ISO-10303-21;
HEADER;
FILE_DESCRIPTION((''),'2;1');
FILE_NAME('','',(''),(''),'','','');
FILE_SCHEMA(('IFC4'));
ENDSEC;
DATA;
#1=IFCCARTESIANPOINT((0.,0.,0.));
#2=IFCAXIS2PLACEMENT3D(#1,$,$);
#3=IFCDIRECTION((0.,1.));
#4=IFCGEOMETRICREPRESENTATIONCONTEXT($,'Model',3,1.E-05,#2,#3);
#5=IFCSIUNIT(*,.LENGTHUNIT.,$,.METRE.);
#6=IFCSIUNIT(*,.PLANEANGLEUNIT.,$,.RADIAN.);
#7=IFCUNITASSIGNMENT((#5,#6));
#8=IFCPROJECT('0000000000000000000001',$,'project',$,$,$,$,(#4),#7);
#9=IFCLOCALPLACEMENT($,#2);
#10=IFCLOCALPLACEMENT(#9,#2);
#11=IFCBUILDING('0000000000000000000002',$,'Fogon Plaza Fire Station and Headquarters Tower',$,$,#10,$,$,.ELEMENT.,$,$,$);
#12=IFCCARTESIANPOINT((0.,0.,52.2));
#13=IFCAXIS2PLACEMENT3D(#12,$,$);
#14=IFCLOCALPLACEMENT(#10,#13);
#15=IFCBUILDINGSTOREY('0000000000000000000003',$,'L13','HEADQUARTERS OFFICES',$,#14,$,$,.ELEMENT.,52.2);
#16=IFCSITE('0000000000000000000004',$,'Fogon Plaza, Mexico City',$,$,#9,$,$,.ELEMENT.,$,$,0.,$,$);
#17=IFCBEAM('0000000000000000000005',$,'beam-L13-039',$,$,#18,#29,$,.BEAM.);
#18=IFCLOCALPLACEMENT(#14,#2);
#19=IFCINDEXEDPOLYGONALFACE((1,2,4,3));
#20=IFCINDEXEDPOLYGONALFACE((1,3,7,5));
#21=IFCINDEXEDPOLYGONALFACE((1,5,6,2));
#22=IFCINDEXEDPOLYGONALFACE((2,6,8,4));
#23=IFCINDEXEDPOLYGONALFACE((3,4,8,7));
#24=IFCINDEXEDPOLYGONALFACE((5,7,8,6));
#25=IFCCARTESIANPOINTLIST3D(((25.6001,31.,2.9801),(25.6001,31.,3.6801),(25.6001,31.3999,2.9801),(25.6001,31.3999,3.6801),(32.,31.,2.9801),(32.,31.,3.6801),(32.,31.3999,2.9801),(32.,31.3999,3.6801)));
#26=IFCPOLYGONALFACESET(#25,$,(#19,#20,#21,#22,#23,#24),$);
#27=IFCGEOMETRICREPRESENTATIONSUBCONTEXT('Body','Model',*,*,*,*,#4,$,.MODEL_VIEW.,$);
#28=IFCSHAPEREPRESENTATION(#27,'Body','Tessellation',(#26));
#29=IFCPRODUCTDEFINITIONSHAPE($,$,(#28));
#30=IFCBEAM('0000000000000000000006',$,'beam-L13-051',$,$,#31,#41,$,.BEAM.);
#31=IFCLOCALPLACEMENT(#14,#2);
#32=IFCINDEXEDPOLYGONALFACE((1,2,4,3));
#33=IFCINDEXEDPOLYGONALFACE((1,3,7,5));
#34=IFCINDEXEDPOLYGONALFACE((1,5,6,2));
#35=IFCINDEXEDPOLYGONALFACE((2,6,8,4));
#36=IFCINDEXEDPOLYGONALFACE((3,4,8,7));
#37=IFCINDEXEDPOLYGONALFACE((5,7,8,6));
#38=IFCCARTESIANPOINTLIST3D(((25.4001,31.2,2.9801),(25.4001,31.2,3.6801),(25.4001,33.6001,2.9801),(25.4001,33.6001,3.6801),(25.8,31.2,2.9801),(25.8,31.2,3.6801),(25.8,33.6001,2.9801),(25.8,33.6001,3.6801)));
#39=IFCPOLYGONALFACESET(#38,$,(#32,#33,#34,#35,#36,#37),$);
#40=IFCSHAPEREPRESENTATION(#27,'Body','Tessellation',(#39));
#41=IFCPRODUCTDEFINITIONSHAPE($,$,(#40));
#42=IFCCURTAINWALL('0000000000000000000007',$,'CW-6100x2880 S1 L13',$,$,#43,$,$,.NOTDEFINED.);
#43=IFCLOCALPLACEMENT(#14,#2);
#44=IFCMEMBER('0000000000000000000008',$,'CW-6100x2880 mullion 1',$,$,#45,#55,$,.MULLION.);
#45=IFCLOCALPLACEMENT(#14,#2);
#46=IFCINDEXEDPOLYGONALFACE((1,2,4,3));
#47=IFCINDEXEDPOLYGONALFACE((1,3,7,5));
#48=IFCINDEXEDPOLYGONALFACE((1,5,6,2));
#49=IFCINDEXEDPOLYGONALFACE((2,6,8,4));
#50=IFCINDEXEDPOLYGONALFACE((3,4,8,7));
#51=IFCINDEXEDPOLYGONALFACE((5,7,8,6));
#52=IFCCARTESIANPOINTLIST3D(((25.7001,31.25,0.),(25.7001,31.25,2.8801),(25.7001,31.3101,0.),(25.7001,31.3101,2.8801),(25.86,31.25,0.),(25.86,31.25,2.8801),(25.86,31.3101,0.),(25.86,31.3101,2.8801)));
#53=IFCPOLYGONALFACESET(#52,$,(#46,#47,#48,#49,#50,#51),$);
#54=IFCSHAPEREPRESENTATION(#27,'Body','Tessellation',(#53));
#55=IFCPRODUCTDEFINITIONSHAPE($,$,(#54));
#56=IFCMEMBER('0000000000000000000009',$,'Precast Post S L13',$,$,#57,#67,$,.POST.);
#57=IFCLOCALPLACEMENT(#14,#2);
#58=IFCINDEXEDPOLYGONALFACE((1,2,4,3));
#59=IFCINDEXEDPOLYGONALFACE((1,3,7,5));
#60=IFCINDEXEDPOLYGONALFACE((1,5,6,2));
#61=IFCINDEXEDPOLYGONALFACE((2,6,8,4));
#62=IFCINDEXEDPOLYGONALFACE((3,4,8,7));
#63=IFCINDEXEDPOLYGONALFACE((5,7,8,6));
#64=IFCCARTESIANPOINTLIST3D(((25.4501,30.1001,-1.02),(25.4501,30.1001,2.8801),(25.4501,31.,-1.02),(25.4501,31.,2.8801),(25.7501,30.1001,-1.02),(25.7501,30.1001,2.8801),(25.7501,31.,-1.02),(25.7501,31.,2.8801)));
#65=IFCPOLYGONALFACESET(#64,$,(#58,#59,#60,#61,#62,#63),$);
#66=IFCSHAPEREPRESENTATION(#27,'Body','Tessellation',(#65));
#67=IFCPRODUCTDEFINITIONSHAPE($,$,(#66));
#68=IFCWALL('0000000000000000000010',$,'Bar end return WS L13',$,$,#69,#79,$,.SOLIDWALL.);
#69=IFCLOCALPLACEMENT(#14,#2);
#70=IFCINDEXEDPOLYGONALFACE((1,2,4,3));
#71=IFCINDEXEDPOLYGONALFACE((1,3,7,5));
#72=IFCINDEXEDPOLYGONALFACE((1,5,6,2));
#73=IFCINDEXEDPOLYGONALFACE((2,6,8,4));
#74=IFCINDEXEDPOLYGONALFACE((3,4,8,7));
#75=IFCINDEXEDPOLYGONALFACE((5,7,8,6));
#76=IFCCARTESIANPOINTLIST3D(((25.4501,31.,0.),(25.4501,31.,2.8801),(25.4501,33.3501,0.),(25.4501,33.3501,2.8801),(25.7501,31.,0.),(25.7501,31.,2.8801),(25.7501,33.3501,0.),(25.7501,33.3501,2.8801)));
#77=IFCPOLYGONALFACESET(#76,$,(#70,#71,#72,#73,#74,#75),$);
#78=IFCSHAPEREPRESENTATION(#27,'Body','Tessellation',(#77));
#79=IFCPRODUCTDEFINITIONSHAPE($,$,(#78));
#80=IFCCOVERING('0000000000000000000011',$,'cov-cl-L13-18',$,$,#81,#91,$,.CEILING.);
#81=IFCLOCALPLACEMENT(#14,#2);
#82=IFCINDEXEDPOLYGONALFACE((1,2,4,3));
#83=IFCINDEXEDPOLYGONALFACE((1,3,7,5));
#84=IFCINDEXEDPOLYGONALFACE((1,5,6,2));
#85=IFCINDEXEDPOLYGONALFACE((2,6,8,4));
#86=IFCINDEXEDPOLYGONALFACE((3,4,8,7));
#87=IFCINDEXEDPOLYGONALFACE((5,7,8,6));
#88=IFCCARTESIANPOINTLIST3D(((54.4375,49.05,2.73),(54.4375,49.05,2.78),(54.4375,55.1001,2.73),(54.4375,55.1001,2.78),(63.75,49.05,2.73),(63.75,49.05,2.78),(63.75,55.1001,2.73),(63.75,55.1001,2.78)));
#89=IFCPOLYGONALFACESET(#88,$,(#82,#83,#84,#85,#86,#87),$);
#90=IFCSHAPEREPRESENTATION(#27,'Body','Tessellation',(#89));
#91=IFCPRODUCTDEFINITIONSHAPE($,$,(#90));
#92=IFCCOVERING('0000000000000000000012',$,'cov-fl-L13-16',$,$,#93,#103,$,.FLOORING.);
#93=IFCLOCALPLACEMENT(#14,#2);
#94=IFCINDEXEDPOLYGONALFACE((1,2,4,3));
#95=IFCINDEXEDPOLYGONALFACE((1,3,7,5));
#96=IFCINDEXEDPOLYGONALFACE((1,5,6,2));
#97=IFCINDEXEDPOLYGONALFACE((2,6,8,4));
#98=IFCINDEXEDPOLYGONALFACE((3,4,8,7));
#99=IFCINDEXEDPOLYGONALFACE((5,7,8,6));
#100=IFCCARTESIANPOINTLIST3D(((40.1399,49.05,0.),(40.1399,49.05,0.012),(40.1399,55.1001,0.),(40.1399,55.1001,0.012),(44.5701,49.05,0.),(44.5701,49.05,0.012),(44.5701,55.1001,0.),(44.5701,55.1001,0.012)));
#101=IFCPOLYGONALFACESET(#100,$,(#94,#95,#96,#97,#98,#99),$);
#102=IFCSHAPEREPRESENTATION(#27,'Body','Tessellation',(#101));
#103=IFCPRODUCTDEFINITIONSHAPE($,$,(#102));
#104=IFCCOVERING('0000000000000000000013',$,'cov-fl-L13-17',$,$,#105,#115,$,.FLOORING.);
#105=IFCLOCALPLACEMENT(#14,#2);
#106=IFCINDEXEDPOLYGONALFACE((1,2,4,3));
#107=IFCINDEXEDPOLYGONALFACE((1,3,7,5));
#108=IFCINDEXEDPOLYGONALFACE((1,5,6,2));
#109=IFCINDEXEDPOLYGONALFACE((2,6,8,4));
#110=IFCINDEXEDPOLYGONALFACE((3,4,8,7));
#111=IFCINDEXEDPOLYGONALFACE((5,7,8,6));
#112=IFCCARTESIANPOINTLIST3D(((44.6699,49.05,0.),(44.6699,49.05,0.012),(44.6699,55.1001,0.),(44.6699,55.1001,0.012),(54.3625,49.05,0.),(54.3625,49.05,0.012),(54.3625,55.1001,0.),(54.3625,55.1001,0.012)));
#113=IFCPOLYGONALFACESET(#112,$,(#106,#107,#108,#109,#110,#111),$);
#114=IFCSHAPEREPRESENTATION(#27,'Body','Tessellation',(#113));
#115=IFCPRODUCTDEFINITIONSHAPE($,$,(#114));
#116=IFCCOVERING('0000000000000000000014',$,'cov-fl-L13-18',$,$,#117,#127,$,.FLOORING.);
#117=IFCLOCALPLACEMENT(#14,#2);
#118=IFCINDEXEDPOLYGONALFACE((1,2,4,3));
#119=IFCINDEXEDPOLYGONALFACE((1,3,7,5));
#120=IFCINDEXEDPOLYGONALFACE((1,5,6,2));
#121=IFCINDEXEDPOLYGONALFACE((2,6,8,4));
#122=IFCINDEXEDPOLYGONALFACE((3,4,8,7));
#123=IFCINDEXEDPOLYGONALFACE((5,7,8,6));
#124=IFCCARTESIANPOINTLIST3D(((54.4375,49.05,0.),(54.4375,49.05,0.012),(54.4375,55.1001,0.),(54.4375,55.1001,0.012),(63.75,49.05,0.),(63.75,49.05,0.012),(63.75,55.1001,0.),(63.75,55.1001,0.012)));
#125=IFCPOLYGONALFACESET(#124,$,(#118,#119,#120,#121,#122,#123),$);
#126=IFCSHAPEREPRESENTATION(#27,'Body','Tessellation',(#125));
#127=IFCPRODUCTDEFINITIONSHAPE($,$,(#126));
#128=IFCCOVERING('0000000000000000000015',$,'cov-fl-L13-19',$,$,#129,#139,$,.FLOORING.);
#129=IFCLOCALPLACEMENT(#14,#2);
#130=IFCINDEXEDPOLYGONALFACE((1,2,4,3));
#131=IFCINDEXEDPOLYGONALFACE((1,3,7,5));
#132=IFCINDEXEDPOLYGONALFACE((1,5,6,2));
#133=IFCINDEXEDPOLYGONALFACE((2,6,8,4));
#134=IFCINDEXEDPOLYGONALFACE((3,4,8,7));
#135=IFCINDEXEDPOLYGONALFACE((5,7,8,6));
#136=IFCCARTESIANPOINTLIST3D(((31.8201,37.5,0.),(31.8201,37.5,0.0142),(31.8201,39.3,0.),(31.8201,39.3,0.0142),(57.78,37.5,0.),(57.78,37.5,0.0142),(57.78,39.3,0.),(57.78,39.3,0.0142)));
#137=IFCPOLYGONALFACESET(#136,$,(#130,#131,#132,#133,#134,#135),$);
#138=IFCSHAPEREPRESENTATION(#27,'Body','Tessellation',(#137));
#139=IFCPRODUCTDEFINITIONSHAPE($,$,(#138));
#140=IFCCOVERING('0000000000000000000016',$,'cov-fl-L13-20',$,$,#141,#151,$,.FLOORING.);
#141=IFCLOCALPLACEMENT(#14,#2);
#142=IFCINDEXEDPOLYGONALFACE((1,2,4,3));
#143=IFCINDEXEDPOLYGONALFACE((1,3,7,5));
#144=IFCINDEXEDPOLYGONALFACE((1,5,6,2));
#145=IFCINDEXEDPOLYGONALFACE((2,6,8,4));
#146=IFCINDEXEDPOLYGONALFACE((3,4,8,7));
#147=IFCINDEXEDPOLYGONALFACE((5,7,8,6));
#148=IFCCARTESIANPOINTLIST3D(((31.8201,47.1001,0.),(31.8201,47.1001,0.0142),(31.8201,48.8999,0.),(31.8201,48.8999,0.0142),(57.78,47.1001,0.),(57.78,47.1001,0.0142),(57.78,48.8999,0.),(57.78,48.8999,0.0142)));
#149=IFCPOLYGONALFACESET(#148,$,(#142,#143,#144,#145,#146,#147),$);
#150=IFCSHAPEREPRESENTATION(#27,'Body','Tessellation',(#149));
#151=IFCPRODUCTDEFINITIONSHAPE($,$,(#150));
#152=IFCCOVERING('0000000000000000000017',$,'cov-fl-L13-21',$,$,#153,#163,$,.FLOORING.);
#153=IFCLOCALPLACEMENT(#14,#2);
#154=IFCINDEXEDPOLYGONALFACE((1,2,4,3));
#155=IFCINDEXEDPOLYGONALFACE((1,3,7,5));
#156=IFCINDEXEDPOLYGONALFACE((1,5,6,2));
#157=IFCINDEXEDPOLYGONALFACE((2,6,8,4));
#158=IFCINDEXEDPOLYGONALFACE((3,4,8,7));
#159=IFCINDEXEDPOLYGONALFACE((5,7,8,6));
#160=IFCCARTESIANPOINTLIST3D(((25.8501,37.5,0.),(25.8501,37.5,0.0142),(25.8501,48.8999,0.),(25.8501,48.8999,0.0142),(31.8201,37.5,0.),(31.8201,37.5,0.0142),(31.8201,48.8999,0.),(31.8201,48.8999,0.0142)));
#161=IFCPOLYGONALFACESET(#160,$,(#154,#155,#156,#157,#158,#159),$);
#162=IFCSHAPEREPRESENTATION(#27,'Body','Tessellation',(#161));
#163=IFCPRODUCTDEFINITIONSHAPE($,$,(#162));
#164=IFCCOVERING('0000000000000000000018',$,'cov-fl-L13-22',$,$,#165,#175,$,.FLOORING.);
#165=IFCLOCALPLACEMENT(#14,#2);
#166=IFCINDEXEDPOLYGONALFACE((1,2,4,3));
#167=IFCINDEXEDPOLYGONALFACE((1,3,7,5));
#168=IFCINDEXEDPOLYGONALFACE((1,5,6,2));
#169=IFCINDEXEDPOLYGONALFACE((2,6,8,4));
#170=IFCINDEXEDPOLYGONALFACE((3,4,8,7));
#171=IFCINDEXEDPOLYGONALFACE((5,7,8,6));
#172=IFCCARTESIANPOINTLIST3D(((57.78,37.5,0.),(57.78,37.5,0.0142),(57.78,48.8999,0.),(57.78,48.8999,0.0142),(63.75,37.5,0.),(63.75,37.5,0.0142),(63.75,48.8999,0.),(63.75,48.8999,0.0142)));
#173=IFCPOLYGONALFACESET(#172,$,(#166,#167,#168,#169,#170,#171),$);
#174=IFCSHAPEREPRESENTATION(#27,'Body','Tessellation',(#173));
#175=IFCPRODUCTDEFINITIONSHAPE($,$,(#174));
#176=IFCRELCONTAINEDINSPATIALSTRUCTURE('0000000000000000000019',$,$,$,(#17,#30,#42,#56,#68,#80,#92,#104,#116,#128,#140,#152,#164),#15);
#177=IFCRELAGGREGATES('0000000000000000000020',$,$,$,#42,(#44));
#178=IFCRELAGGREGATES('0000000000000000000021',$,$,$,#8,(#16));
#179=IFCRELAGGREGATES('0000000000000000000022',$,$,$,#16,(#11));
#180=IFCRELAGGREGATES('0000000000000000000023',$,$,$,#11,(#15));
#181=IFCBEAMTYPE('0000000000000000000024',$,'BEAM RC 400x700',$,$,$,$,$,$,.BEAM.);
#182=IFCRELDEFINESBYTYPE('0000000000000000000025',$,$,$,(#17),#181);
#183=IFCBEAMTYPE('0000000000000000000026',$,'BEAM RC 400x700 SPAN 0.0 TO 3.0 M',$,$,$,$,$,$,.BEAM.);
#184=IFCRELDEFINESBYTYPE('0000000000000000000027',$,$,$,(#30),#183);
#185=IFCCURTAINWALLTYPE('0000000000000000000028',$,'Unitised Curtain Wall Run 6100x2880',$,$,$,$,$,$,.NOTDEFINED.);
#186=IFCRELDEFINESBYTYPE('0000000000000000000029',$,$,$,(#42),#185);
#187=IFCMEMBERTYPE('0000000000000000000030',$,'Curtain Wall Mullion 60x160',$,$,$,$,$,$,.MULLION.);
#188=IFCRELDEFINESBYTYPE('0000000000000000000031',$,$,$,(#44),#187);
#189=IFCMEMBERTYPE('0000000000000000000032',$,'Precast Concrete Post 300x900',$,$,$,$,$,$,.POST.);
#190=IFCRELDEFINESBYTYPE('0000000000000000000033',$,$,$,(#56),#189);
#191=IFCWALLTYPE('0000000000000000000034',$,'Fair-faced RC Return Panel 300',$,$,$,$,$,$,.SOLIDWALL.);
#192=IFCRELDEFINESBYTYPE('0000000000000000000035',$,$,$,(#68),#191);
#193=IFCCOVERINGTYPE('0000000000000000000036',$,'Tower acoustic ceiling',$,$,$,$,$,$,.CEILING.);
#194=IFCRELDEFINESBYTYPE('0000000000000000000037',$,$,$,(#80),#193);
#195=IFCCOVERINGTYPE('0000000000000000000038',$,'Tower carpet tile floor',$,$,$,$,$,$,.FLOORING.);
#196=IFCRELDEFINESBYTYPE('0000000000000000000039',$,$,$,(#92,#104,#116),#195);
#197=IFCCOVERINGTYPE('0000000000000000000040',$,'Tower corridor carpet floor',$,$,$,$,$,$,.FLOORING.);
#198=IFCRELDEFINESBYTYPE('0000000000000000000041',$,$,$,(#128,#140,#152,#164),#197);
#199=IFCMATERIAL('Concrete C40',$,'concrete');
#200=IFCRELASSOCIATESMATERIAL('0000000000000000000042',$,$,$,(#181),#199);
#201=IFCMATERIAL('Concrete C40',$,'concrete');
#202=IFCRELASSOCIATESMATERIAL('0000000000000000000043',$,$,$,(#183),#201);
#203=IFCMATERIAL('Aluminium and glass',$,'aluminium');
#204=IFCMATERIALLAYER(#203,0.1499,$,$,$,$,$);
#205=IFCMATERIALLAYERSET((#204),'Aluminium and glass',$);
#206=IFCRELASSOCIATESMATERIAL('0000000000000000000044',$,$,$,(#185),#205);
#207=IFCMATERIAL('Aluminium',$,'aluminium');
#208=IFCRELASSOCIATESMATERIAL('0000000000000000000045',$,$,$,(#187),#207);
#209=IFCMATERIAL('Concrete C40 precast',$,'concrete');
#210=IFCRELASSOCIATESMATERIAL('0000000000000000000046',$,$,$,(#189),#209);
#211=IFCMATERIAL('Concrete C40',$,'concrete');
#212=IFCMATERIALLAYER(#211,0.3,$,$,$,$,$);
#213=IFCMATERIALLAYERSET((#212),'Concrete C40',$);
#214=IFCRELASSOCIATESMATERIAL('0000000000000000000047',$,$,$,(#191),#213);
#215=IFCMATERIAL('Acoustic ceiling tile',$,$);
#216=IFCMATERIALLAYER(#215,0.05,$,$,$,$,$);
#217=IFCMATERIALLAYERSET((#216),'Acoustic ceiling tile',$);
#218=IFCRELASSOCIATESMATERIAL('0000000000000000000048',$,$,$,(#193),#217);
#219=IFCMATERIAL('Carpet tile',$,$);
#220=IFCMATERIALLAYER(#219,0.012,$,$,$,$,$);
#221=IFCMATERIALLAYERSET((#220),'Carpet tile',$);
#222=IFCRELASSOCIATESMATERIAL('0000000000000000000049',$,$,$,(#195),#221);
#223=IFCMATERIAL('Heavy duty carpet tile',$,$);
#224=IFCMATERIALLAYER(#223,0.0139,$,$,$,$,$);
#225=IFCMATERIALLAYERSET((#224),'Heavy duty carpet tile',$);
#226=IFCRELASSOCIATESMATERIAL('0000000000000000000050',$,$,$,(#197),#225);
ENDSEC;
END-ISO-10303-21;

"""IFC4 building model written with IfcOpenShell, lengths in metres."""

from ifc_helpers import new_model, si_unit, direction, frame, frame_2d, origin, origin_2d, place, context, subcontext, project, spatial, polyline, rectangle, outline, extrude, material, layer, layer_set, material_profile, profile_set, type_object, element, aggregate, save


model = new_model("IFC4")

# Units and contexts
model_context = context("Model", 3, precision=1e-05, world=origin(), true_north=direction((0.0, 1.0)))
body_context = subcontext(model_context, "Body", "Model", "MODEL_VIEW")
ifc_project = project(units=[si_unit("LENGTHUNIT", "METRE"), si_unit("PLANEANGLEUNIT", "RADIAN")], contexts=[model_context])

# Site, building, storey
site_placement = place(None, origin())
site = spatial("IfcSite", under=ifc_project, at=site_placement, Name="Fogon Plaza, Mexico City", CompositionType="ELEMENT", RefElevation=0.0)
building_placement = place(site_placement, origin())
building = spatial("IfcBuilding", under=site, at=building_placement, Name="Fogon Plaza Fire Station and Headquarters Tower", CompositionType="ELEMENT")
storey_placement = place(building_placement, frame((0.0, 0.0, 52.2)))
storey = spatial("IfcBuildingStorey", under=building, at=storey_placement, Name="L13", Description="HEADQUARTERS OFFICES", CompositionType="ELEMENT", Elevation=52.2)

# Beams
ifc_material_1 = material(Name="Concrete C40", Category="concrete")
ifc_material_profile_1 = material_profile(ifc_material_1, rectangle(XDim=0.3999, YDim=0.7, at=origin_2d()), Name="RC 400x700")
ifc_profile_set_1 = profile_set([ifc_material_profile_1], Name="Concrete C40")
beam_type_1 = type_object("IfcBeamType", Name="BEAM RC 400x700", PredefinedType="BEAM", material=ifc_profile_set_1)
beam_1_placement = place(storey_placement, frame((25.6001, 31.2, 3.3301), z_axis=(1.0, 0.0, 0.0), x_axis=(0.0, 1.0, 0.0)))
element("IfcBeam", 1, at=beam_1_placement, inside=storey, type_object=beam_type_1, Name="beam-L13-039", PredefinedType="BEAM", context=body_context, shape_type="SweptSolid", body=[
    extrude(rectangle(XDim=0.3999, YDim=0.7, at=origin_2d()), origin(), (0.0, 0.0, 1.0), 6.3999),
])
ifc_material_2 = material(Name="Concrete C40", Category="concrete")
ifc_material_profile_2 = material_profile(ifc_material_2, rectangle(XDim=0.3999, YDim=0.7, at=origin_2d()), Name="RC 400x700")
ifc_profile_set_2 = profile_set([ifc_material_profile_2], Name="Concrete C40")
beam_type_2 = type_object("IfcBeamType", Name="BEAM RC 400x700 SPAN 0.0 TO 3.0 M", PredefinedType="BEAM", material=ifc_profile_set_2)
beam_2_placement = place(storey_placement, frame((25.6001, 31.2, 3.3301), z_axis=(0.0, 1.0, 0.0), x_axis=(-1.0, 0.0, 0.0)))
element("IfcBeam", 2, at=beam_2_placement, inside=storey, type_object=beam_type_2, Name="beam-L13-051", PredefinedType="BEAM", context=body_context, shape_type="SweptSolid", body=[
    extrude(rectangle(XDim=0.3999, YDim=0.7, at=origin_2d()), origin(), (0.0, 0.0, 1.0), 2.4001),
])

# Curtain wall, member
ifc_material_3 = material(Name="Aluminium and glass", Category="aluminium")
ifc_layer_1 = layer(ifc_material_3, 0.1499)
ifc_layer_set_1 = layer_set([ifc_layer_1], Name="Aluminium and glass")
curtain_wall_type = type_object("IfcCurtainWallType", Name="Unitised Curtain Wall Run 6100x2880", PredefinedType="NOTDEFINED", material=ifc_layer_set_1)
curtain_wall_placement = place(storey_placement, origin())
curtain_wall = element("IfcCurtainWall", 3, at=curtain_wall_placement, inside=storey, type_object=curtain_wall_type, Name="CW-6100x2880 S1 L13", PredefinedType="NOTDEFINED")
ifc_material_4 = material(Name="Aluminium", Category="aluminium")
ifc_material_profile_3 = material_profile(ifc_material_4, rectangle(XDim=0.0601, YDim=0.1599, at=origin_2d()), Name="Curtain Wall Mullion 60x160")
ifc_profile_set_3 = profile_set([ifc_material_profile_3], Name="Aluminium")
member_type_1 = type_object("IfcMemberType", Name="Curtain Wall Mullion 60x160", PredefinedType="MULLION", material=ifc_profile_set_3)
member_1_placement = place(storey_placement, frame((25.78, 31.28, 0.0), z_axis=(0.0, 0.0, 1.0), x_axis=(0.0, 1.0, 0.0)))
member_1 = element("IfcMember", 4, at=member_1_placement, type_object=member_type_1, Name="CW-6100x2880 mullion 1", PredefinedType="MULLION", context=body_context, shape_type="SweptSolid", body=[
    extrude(rectangle(XDim=0.0601, YDim=0.1599, at=origin_2d()), origin(), (0.0, 0.0, 1.0), 2.8801),
])
aggregate(curtain_wall, [member_1])

# Member
ifc_material_5 = material(Name="Concrete C40 precast", Category="concrete")
ifc_material_profile_4 = material_profile(ifc_material_5, rectangle(XDim=0.3, YDim=0.8999, at=origin_2d()), Name="Precast Concrete Post 300x900")
ifc_profile_set_4 = profile_set([ifc_material_profile_4], Name="Concrete C40 precast")
member_type_2 = type_object("IfcMemberType", Name="Precast Concrete Post 300x900", PredefinedType="POST", material=ifc_profile_set_4)
member_2_placement = place(storey_placement, frame((25.6001, 30.55, -1.02), z_axis=(0.0, 0.0, 1.0), x_axis=(1.0, 0.0, 0.0)))
element("IfcMember", 5, at=member_2_placement, inside=storey, type_object=member_type_2, Name="Precast Post S L13", PredefinedType="POST", context=body_context, shape_type="SweptSolid", body=[
    extrude(rectangle(XDim=0.3, YDim=0.8999, at=origin_2d()), origin(), (0.0, 0.0, 1.0), 3.9001),
])

# Wall
ifc_material_6 = material(Name="Concrete C40", Category="concrete")
ifc_layer_2 = layer(ifc_material_6, 0.3)
ifc_layer_set_2 = layer_set([ifc_layer_2], Name="Concrete C40")
wall_type = type_object("IfcWallType", Name="Fair-faced RC Return Panel 300", PredefinedType="SOLIDWALL", material=ifc_layer_set_2)
wall_placement = place(storey_placement, frame((25.6001, 31.0, 0.0), z_axis=(0.0, 0.0, 1.0), x_axis=(0.0, 1.0, 0.0)))
element("IfcWall", 6, at=wall_placement, inside=storey, type_object=wall_type, Name="Bar end return WS L13", PredefinedType="SOLIDWALL", context=body_context, shape_type="SweptSolid", body=[
    extrude(rectangle(XDim=2.3501, YDim=0.3, at=frame_2d((1.175, 0.0))), origin(), (0.0, 0.0, 1.0), 2.8801),
])

# Coverings
ifc_material_7 = material(Name="Acoustic ceiling tile")
ifc_layer_3 = layer(ifc_material_7, 0.05)
ifc_layer_set_3 = layer_set([ifc_layer_3], Name="Acoustic ceiling tile")
covering_type_1 = type_object("IfcCoveringType", Name="Tower acoustic ceiling", PredefinedType="CEILING", material=ifc_layer_set_3)
covering_1_placement = place(storey_placement, frame((0.0, 0.0, 2.73)))
element("IfcCovering", 7, at=covering_1_placement, inside=storey, type_object=covering_type_1, Name="cov-cl-L13-18", PredefinedType="CEILING", context=body_context, shape_type="SweptSolid", body=[
    extrude(outline(polyline([(63.75, 49.05), (63.75, 55.1001), (54.4375, 55.1001), (54.4375, 49.05), (63.75, 49.05)])), origin(), (0.0, 0.0, 1.0), 0.05),
])
ifc_material_8 = material(Name="Carpet tile")
ifc_layer_4 = layer(ifc_material_8, 0.012)
ifc_layer_set_4 = layer_set([ifc_layer_4], Name="Carpet tile")
covering_type_2 = type_object("IfcCoveringType", Name="Tower carpet tile floor", PredefinedType="FLOORING", material=ifc_layer_set_4)
covering_2_placement = place(storey_placement, origin())
element("IfcCovering", 8, at=covering_2_placement, inside=storey, type_object=covering_type_2, Name="cov-fl-L13-16", PredefinedType="FLOORING", context=body_context, shape_type="SweptSolid", body=[
    extrude(outline(polyline([(44.5701, 49.05), (44.5701, 55.1001), (40.1399, 55.1001), (40.1399, 49.05), (44.5701, 49.05)])), origin(), (0.0, 0.0, 1.0), 0.012),
])
covering_3_placement = place(storey_placement, origin())
element("IfcCovering", 9, at=covering_3_placement, inside=storey, type_object=covering_type_2, Name="cov-fl-L13-17", PredefinedType="FLOORING", context=body_context, shape_type="SweptSolid", body=[
    extrude(outline(polyline([(54.3625, 49.05), (54.3625, 55.1001), (44.6699, 55.1001), (44.6699, 49.05), (54.3625, 49.05)])), origin(), (0.0, 0.0, 1.0), 0.012),
])
covering_4_placement = place(storey_placement, origin())
element("IfcCovering", 10, at=covering_4_placement, inside=storey, type_object=covering_type_2, Name="cov-fl-L13-18", PredefinedType="FLOORING", context=body_context, shape_type="SweptSolid", body=[
    extrude(outline(polyline([(63.75, 49.05), (63.75, 55.1001), (54.4375, 55.1001), (54.4375, 49.05), (63.75, 49.05)])), origin(), (0.0, 0.0, 1.0), 0.012),
])
ifc_material_9 = material(Name="Heavy duty carpet tile")
ifc_layer_5 = layer(ifc_material_9, 0.0139)
ifc_layer_set_5 = layer_set([ifc_layer_5], Name="Heavy duty carpet tile")
covering_type_3 = type_object("IfcCoveringType", Name="Tower corridor carpet floor", PredefinedType="FLOORING", material=ifc_layer_set_5)
covering_5_placement = place(storey_placement, origin())
element("IfcCovering", 11, at=covering_5_placement, inside=storey, type_object=covering_type_3, Name="cov-fl-L13-19", PredefinedType="FLOORING", context=body_context, shape_type="SweptSolid", body=[
    extrude(outline(polyline([(57.78, 37.5), (57.78, 39.3), (31.8201, 39.3), (31.8201, 37.5), (57.78, 37.5)])), origin(), (0.0, 0.0, 1.0), 0.0142),
])
covering_6_placement = place(storey_placement, origin())
element("IfcCovering", 12, at=covering_6_placement, inside=storey, type_object=covering_type_3, Name="cov-fl-L13-20", PredefinedType="FLOORING", context=body_context, shape_type="SweptSolid", body=[
    extrude(outline(polyline([(57.78, 47.1001), (57.78, 48.8999), (31.8201, 48.8999), (31.8201, 47.1001), (57.78, 47.1001)])), origin(), (0.0, 0.0, 1.0), 0.0142),
])
covering_7_placement = place(storey_placement, origin())
element("IfcCovering", 13, at=covering_7_placement, inside=storey, type_object=covering_type_3, Name="cov-fl-L13-21", PredefinedType="FLOORING", context=body_context, shape_type="SweptSolid", body=[
    extrude(outline(polyline([(31.8201, 37.5), (31.8201, 48.8999), (25.8501, 48.8999), (25.8501, 37.5), (31.8201, 37.5)])), origin(), (0.0, 0.0, 1.0), 0.0142),
])
covering_8_placement = place(storey_placement, origin())
element("IfcCovering", 14, at=covering_8_placement, inside=storey, type_object=covering_type_3, Name="cov-fl-L13-22", PredefinedType="FLOORING", context=body_context, shape_type="SweptSolid", body=[
    extrude(outline(polyline([(63.75, 37.5), (63.75, 48.8999), (57.78, 48.8999), (57.78, 37.5), (63.75, 37.5)])), origin(), (0.0, 0.0, 1.0), 0.0142),
])

save(model, "model.ifc")
